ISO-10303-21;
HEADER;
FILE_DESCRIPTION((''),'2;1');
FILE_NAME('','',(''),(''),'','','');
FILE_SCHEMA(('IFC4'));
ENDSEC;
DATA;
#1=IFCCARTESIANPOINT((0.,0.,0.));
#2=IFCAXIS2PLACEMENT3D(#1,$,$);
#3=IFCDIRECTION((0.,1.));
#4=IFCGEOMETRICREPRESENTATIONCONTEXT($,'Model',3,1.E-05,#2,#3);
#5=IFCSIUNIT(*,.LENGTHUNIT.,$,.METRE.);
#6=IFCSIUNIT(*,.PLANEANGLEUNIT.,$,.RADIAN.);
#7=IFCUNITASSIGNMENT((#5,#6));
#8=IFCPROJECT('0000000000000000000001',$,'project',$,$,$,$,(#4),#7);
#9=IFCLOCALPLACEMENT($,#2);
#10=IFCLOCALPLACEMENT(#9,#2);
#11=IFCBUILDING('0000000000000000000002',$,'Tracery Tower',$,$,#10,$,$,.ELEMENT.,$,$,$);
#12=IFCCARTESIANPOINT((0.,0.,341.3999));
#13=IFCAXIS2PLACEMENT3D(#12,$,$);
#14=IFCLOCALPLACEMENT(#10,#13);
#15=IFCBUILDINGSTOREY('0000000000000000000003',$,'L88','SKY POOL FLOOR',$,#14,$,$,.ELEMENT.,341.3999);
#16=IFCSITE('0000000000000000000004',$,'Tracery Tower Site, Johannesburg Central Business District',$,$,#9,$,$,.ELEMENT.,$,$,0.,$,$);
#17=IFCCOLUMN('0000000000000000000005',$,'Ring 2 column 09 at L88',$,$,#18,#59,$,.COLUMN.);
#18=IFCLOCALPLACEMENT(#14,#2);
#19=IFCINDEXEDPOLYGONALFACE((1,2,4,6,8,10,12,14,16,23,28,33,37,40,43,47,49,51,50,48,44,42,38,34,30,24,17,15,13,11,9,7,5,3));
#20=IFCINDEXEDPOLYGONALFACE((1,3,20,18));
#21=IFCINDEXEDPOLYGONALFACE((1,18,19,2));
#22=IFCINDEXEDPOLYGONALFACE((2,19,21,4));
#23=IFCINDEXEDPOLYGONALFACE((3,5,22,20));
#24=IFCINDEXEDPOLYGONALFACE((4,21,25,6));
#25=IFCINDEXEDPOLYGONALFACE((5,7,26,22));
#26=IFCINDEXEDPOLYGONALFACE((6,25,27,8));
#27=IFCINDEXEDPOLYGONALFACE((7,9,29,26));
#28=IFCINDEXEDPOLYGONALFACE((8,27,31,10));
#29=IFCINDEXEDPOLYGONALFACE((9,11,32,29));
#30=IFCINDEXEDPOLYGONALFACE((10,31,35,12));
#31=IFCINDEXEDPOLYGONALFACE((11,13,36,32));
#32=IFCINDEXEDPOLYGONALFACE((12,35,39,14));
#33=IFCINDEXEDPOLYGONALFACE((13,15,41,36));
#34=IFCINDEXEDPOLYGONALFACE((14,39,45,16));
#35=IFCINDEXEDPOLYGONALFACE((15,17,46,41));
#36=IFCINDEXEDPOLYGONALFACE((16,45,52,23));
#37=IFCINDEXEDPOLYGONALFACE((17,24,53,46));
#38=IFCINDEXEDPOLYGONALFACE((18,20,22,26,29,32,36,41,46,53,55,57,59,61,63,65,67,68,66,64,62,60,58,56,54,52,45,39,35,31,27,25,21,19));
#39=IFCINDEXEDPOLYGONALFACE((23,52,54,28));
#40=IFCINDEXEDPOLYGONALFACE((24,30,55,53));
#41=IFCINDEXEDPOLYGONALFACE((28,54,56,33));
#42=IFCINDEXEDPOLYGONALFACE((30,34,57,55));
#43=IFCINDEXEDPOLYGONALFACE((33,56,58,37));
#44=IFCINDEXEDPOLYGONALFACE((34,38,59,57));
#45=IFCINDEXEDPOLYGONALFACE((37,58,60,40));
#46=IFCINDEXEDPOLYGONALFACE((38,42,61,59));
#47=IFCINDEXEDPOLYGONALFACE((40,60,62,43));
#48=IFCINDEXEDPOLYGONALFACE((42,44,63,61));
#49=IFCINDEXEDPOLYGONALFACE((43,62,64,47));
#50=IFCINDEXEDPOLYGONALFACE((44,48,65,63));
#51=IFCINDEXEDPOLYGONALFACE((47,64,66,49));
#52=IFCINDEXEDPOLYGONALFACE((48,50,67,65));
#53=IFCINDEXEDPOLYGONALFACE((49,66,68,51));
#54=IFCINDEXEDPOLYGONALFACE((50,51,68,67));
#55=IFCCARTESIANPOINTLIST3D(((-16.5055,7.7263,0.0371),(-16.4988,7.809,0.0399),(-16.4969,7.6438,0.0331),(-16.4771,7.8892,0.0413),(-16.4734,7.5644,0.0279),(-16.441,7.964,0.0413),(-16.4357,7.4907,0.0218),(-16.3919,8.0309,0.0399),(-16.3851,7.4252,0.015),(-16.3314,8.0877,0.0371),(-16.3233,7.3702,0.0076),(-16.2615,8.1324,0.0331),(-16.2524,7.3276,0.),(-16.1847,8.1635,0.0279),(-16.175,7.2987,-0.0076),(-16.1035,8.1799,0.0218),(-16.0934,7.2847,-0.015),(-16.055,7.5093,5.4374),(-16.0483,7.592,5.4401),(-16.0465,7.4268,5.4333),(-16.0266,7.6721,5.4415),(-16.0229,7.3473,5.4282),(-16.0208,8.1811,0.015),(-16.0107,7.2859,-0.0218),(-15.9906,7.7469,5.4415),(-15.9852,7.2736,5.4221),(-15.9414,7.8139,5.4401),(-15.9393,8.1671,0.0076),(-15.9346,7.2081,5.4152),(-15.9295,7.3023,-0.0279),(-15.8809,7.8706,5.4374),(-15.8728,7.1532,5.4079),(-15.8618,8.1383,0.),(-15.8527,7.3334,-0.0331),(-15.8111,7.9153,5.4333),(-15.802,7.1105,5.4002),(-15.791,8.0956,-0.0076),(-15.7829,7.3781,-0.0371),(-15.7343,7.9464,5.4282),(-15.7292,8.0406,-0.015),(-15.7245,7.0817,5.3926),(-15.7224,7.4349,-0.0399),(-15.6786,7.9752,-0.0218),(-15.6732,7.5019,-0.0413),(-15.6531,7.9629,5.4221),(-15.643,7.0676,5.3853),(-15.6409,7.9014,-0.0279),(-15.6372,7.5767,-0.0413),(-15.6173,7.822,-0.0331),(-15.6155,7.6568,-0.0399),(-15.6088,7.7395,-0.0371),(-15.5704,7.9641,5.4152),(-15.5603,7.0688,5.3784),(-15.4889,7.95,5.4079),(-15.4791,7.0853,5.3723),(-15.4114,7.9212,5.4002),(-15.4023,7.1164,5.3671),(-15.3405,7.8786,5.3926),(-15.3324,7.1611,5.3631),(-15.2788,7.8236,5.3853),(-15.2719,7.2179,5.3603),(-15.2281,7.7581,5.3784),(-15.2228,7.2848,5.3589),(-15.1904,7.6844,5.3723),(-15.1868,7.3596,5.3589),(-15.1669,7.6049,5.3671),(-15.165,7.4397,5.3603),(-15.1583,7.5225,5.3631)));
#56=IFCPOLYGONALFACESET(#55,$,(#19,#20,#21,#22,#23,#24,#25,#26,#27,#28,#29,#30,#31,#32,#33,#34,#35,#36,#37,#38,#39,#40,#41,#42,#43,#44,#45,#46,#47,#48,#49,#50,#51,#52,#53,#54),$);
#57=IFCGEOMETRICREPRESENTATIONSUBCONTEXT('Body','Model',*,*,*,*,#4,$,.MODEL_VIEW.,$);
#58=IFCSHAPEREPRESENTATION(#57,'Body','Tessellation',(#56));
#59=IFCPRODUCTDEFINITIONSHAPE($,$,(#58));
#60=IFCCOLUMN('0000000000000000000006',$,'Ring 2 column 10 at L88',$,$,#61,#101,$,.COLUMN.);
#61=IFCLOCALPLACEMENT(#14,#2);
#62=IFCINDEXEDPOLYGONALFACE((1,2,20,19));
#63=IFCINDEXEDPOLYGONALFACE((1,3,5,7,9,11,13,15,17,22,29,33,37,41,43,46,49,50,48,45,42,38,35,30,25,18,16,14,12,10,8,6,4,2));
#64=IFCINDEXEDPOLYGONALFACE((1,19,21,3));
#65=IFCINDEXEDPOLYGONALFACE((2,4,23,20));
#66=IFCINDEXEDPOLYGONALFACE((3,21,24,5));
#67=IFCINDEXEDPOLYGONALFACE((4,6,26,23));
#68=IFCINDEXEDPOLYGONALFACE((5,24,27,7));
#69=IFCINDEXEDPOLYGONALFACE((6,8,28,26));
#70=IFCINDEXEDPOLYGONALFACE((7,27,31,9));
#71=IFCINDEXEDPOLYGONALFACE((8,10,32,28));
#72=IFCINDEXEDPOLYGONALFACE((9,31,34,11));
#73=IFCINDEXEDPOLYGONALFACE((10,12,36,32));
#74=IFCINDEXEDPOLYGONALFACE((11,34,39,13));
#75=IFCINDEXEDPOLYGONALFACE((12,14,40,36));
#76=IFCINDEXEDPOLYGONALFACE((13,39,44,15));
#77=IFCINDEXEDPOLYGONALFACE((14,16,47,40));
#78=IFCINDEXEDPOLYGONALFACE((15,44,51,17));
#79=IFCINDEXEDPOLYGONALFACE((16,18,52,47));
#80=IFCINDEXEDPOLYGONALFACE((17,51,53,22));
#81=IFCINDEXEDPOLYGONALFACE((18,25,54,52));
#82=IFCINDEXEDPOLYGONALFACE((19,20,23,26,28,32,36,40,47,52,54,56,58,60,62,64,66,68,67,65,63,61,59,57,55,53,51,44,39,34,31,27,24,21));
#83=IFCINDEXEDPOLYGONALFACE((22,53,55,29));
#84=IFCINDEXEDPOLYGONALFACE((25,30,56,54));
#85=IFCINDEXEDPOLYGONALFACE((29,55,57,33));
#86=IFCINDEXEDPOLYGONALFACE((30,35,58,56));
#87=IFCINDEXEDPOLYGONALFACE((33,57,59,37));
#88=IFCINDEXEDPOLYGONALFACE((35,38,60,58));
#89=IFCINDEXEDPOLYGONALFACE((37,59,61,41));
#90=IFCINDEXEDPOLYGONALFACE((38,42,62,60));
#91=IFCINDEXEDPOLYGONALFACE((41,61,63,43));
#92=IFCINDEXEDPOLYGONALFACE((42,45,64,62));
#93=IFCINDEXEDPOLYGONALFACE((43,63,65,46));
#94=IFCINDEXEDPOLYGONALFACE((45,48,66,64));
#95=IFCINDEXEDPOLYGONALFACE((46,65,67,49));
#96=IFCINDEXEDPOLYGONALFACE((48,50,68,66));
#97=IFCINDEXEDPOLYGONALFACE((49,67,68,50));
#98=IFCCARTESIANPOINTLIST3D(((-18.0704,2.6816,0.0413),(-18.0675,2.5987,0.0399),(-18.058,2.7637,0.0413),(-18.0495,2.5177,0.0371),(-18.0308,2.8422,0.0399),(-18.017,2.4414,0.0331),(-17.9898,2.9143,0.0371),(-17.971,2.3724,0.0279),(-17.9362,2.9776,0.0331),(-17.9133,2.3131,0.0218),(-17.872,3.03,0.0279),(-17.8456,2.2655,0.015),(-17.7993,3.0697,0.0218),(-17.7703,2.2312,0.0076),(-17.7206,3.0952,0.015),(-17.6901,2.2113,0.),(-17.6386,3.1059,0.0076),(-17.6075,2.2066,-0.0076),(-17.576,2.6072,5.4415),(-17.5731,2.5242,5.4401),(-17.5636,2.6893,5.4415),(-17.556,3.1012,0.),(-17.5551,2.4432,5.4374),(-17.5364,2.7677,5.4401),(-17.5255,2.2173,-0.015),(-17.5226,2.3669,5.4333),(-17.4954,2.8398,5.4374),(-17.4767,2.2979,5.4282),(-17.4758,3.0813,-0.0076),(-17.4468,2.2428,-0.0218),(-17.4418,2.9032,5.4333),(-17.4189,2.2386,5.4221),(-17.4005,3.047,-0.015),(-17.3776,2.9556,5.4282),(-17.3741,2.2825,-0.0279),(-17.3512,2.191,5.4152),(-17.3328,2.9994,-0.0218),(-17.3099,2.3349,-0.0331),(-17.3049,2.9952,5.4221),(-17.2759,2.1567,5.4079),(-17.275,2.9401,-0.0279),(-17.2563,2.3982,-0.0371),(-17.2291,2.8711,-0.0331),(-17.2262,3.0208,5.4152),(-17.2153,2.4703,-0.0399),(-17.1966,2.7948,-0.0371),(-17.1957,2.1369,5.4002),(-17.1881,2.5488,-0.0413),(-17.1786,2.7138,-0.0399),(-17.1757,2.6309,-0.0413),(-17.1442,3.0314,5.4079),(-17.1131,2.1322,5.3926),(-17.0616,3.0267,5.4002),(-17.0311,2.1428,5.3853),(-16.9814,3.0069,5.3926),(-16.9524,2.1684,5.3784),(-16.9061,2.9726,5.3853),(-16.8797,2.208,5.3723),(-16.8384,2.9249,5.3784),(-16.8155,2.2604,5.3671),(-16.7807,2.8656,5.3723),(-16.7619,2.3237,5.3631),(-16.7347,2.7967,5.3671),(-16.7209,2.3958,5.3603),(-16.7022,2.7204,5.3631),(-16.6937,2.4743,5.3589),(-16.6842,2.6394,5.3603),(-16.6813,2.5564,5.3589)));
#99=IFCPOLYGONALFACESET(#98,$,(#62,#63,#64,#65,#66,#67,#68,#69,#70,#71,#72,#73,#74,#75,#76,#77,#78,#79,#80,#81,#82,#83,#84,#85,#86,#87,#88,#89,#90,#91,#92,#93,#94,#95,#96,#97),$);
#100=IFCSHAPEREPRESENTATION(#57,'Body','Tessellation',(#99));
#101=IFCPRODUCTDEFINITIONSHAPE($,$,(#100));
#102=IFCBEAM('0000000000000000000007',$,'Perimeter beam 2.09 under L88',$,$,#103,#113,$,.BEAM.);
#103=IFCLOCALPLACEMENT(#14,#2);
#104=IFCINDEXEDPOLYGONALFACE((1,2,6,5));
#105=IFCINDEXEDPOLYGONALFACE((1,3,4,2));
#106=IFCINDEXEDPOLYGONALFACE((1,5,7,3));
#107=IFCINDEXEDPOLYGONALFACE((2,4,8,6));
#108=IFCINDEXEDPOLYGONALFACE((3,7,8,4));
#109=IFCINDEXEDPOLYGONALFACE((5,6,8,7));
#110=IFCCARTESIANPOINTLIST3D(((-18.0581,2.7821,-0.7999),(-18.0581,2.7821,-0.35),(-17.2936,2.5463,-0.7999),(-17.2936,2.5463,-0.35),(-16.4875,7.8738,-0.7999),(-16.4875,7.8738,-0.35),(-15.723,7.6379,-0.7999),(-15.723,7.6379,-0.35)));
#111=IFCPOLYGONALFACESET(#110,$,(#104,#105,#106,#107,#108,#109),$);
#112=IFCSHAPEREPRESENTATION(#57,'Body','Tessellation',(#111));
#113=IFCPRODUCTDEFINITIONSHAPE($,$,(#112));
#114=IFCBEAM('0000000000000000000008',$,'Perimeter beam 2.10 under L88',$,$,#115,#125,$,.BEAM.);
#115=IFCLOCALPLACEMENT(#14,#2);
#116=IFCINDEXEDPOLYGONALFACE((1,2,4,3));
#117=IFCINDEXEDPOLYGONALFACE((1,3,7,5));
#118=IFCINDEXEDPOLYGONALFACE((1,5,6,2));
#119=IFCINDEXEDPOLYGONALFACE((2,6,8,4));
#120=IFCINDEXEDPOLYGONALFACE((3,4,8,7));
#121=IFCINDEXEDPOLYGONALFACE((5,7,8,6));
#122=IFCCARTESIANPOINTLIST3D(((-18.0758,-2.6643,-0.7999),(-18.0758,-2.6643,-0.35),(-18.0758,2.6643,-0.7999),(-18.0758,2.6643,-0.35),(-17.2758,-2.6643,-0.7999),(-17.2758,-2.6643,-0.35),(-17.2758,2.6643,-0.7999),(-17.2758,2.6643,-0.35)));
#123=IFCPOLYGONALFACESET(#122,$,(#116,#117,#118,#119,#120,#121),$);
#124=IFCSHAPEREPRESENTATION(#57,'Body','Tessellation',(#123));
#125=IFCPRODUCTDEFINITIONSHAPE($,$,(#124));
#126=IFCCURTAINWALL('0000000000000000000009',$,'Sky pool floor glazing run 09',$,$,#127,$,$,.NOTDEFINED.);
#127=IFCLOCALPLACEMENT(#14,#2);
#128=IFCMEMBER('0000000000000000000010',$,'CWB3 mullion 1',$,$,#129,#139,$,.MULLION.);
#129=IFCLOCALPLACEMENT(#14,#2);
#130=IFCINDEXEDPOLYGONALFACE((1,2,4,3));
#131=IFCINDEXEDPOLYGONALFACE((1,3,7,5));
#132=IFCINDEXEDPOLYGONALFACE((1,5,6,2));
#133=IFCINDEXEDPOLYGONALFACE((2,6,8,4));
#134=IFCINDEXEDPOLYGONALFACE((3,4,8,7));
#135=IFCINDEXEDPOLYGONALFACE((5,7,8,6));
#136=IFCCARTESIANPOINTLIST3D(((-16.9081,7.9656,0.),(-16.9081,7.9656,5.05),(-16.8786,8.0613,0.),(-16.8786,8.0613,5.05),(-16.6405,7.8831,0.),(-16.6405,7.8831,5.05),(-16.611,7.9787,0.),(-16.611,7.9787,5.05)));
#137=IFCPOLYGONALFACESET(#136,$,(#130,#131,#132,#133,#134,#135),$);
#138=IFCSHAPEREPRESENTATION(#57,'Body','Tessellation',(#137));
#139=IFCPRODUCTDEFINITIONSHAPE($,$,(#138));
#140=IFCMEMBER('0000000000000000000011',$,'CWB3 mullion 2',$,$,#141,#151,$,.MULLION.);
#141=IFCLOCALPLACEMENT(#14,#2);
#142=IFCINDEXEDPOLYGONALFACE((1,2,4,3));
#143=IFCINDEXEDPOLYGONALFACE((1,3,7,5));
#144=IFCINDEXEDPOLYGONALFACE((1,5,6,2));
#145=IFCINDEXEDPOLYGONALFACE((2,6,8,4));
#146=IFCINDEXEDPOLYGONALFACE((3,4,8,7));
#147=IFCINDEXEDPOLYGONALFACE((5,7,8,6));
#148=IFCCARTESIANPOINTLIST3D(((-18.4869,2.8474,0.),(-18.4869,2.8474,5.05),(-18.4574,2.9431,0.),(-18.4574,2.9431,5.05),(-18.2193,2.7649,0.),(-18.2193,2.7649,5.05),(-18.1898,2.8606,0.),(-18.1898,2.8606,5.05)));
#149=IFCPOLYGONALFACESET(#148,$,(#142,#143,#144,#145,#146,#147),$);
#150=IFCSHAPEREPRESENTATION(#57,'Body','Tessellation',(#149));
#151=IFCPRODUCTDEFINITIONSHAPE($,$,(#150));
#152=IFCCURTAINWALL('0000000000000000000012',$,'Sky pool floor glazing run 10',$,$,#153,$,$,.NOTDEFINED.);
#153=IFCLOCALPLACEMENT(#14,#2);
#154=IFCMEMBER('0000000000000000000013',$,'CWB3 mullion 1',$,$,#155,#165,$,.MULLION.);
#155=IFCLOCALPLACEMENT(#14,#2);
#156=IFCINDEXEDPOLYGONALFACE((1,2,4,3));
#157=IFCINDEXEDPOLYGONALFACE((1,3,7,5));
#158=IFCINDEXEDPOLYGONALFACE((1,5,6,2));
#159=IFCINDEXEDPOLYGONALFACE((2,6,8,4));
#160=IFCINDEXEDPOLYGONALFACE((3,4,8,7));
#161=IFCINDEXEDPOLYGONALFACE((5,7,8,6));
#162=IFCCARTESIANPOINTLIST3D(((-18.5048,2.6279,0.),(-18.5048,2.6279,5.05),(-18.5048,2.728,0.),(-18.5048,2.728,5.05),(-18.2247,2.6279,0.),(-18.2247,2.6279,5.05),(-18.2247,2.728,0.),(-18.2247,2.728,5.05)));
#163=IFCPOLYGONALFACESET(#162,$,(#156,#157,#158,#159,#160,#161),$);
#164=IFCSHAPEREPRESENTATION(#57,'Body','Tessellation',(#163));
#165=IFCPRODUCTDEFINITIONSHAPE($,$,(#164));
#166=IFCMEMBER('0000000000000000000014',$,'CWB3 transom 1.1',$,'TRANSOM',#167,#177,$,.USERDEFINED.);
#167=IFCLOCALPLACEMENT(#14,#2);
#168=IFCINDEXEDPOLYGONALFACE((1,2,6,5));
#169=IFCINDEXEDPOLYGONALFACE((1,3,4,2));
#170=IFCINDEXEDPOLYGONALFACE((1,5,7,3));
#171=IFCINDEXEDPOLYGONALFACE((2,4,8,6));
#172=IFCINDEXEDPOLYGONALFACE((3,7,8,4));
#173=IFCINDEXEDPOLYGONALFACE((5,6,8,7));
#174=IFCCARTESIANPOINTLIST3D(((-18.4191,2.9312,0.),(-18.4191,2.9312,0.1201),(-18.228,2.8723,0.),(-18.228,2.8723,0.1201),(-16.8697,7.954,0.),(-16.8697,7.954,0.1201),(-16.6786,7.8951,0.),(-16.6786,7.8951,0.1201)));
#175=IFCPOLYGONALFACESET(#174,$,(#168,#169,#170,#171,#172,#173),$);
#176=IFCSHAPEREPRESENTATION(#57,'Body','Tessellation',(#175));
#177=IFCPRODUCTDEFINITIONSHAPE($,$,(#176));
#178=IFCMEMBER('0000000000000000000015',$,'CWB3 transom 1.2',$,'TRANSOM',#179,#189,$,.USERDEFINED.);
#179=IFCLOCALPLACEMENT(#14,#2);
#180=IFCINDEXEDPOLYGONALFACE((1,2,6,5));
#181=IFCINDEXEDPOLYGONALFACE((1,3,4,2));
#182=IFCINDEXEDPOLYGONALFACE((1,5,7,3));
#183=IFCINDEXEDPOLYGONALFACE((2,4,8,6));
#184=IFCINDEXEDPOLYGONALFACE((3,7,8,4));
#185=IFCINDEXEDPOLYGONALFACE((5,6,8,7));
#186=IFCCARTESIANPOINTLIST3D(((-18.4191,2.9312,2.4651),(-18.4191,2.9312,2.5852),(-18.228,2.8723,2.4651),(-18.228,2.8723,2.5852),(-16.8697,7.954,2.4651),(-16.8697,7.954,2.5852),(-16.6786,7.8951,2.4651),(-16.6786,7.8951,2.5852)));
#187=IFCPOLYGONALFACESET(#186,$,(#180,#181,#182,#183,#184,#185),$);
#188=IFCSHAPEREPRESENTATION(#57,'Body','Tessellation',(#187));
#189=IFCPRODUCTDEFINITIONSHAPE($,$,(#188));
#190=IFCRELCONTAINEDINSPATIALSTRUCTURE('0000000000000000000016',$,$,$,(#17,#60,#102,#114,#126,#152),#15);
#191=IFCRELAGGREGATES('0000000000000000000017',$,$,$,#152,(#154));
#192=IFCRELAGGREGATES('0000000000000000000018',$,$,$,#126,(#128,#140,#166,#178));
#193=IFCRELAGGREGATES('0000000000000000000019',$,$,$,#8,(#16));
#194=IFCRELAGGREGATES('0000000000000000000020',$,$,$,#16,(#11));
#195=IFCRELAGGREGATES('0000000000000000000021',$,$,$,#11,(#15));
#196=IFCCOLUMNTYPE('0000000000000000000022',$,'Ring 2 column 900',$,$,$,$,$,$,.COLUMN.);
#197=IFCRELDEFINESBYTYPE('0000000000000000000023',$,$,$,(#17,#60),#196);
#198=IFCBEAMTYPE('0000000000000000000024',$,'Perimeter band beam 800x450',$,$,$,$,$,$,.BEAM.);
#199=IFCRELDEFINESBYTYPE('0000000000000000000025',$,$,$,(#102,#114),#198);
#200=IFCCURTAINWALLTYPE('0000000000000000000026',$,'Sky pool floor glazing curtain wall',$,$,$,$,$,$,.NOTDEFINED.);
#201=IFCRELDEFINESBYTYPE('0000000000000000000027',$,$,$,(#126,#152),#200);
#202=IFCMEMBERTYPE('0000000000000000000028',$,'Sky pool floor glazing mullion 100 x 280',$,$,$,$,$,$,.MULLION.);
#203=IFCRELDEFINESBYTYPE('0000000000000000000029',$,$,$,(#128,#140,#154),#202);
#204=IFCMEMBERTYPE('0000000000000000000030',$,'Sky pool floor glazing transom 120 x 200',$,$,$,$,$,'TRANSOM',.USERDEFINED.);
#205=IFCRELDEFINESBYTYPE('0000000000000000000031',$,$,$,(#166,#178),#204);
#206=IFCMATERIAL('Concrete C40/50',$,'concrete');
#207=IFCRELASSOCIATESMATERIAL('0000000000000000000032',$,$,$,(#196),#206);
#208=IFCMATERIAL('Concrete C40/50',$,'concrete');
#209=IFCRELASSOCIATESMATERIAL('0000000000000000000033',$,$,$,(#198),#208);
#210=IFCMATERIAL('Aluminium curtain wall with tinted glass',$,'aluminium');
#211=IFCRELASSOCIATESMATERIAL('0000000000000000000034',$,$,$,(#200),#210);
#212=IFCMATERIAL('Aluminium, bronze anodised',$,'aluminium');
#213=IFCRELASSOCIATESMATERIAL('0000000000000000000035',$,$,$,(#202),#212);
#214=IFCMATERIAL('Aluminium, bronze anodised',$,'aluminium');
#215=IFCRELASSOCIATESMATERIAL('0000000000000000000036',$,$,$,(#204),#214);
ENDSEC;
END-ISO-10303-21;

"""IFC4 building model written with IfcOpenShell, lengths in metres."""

from ifc_helpers import new_model, si_unit, direction, frame, origin, origin_2d, place, context, subcontext, project, spatial, rectangle, circle, extrude, material, material_profile, profile_set, type_object, element, aggregate, save


model = new_model("IFC4")

# Units and contexts
model_context = context("Model", 3, precision=1e-05, world=origin(), true_north=direction((0.0, 1.0)))
body_context = subcontext(model_context, "Body", "Model", "MODEL_VIEW")
ifc_project = project(units=[si_unit("LENGTHUNIT", "METRE"), si_unit("PLANEANGLEUNIT", "RADIAN")], contexts=[model_context])

# Site, building, storey
site_placement = place(None, origin())
site = spatial("IfcSite", under=ifc_project, at=site_placement, Name="Tracery Tower Site, Johannesburg Central Business District", CompositionType="ELEMENT", RefElevation=0.0)
building_placement = place(site_placement, origin())
building = spatial("IfcBuilding", under=site, at=building_placement, Name="Tracery Tower", CompositionType="ELEMENT")
storey_placement = place(building_placement, frame((0.0, 0.0, 341.3999)))
storey = spatial("IfcBuildingStorey", under=building, at=storey_placement, Name="L88", Description="SKY POOL FLOOR", CompositionType="ELEMENT", Elevation=341.3999)

# Columns
ifc_material_1 = material(Name="Concrete C40/50", Category="concrete")
ifc_material_profile_1 = material_profile(ifc_material_1, circle(Radius=0.45, at=origin_2d()), Name="RC D900")
ifc_profile_set_1 = profile_set([ifc_material_profile_1], Name="Concrete C40/50")
column_type = type_object("IfcColumnType", Name="Ring 2 column 900", PredefinedType="COLUMN", material=ifc_profile_set_1)
for number, where, z_axis, x_axis, name in (
    (1, (-16.0571, 7.7329, 0.0), (0.083057, -0.040021, 0.995741), (0.43408, 0.900874, 0.0), "Ring 2 column 09 at L88"),
    (2, (-17.623, 2.6562, 0.0), (0.09116, -0.01373, 0.995742), (0.148937, 0.988847, 0.0), "Ring 2 column 10 at L88"),
):
    element("IfcColumn", number, at=place(storey_placement, frame(where, z_axis=z_axis, x_axis=x_axis)), inside=storey, type_object=column_type, Name=name, PredefinedType="COLUMN", context=body_context, shape_type="SweptSolid", body=[
        extrude(circle(Radius=0.45, at=origin_2d()), origin(), (0.0, 0.0, 1.0), 5.4233),
    ])

# Beams
ifc_material_2 = material(Name="Concrete C40/50", Category="concrete")
ifc_material_profile_2 = material_profile(ifc_material_2, rectangle(XDim=0.8, YDim=0.45, at=origin_2d()), Name="RC 800x450")
ifc_profile_set_2 = profile_set([ifc_material_profile_2], Name="Concrete C40/50")
beam_type = type_object("IfcBeamType", Name="Perimeter band beam 800x450", PredefinedType="BEAM", material=ifc_profile_set_2)
beam_1_placement = place(storey_placement, frame((-16.1052, 7.7559, -0.575), z_axis=(-0.294759, -0.955572, 0.0), x_axis=(0.955572, -0.294759, 0.0)))
element("IfcBeam", 3, at=beam_1_placement, inside=storey, type_object=beam_type, Name="Perimeter beam 2.09 under L88", PredefinedType="BEAM", context=body_context, shape_type="SweptSolid", body=[
    extrude(rectangle(XDim=0.8, YDim=0.45, at=origin_2d()), origin(), (0.0, 0.0, 1.0), 5.3284),
])
beam_2_placement = place(storey_placement, frame((-17.6758, 2.6643, -0.575), z_axis=(0.0, -1.0, 0.0), x_axis=(1.0, 0.0, 0.0)))
element("IfcBeam", 4, at=beam_2_placement, inside=storey, type_object=beam_type, Name="Perimeter beam 2.10 under L88", PredefinedType="BEAM", context=body_context, shape_type="SweptSolid", body=[
    extrude(rectangle(XDim=0.8, YDim=0.45, at=origin_2d()), origin(), (0.0, 0.0, 1.0), 5.3286),
])

# Curtain wall, members
ifc_material_3 = material(Name="Aluminium curtain wall with tinted glass", Category="aluminium")
curtain_wall_type = type_object("IfcCurtainWallType", Name="Sky pool floor glazing curtain wall", PredefinedType="NOTDEFINED", material=ifc_material_3)
curtain_wall_1_placement = place(storey_placement, origin())
curtain_wall_1 = element("IfcCurtainWall", 5, at=curtain_wall_1_placement, inside=storey, type_object=curtain_wall_type, Name="Sky pool floor glazing run 09", PredefinedType="NOTDEFINED")
ifc_material_4 = material(Name="Aluminium, bronze anodised", Category="aluminium")
ifc_material_profile_3 = material_profile(ifc_material_4, rectangle(XDim=0.28, YDim=0.1001, at=origin_2d()), Name="Sky pool floor glazing mullion 100 x 280")
ifc_profile_set_3 = profile_set([ifc_material_profile_3], Name="Aluminium, bronze anodised")
member_type_1 = type_object("IfcMemberType", Name="Sky pool floor glazing mullion 100 x 280", PredefinedType="MULLION", material=ifc_profile_set_3)
member_1_placement = place(storey_placement, frame((-16.7595, 7.9722, 0.0), z_axis=(0.0, 0.0, 1.0), x_axis=(0.955574, -0.294753, 0.0)))
member_1 = element("IfcMember", 6, at=member_1_placement, type_object=member_type_1, Name="CWB3 mullion 1", PredefinedType="MULLION", context=body_context, shape_type="SweptSolid", body=[
    extrude(rectangle(XDim=0.28, YDim=0.1001, at=origin_2d()), origin(), (0.0, 0.0, 1.0), 5.05),
])
member_2_placement = place(storey_placement, frame((-18.3384, 2.854, 0.0), z_axis=(0.0, 0.0, 1.0), x_axis=(0.955574, -0.294753, 0.0)))
member_2 = element("IfcMember", 7, at=member_2_placement, type_object=member_type_1, Name="CWB3 mullion 2", PredefinedType="MULLION", context=body_context, shape_type="SweptSolid", body=[
    extrude(rectangle(XDim=0.28, YDim=0.1001, at=origin_2d()), origin(), (0.0, 0.0, 1.0), 5.05),
])

# Curtain wall, member
curtain_wall_2_placement = place(storey_placement, origin())
curtain_wall_2 = element("IfcCurtainWall", 8, at=curtain_wall_2_placement, inside=storey, type_object=curtain_wall_type, Name="Sky pool floor glazing run 10", PredefinedType="NOTDEFINED")
member_3_placement = place(storey_placement, frame((-18.3647, 2.678, 0.0), z_axis=(0.0, 0.0, 1.0), x_axis=(1.0, 0.0, 0.0)))
member_3 = element("IfcMember", 9, at=member_3_placement, type_object=member_type_1, Name="CWB3 mullion 1", PredefinedType="MULLION", context=body_context, shape_type="SweptSolid", body=[
    extrude(rectangle(XDim=0.28, YDim=0.1001, at=origin_2d()), origin(), (0.0, 0.0, 1.0), 5.05),
])

# Members
ifc_material_5 = material(Name="Aluminium, bronze anodised", Category="aluminium")
ifc_material_profile_4 = material_profile(ifc_material_5, rectangle(XDim=0.2, YDim=0.1201, at=origin_2d()), Name="Sky pool floor glazing transom 120 x 200")
ifc_profile_set_4 = profile_set([ifc_material_profile_4], Name="Aluminium, bronze anodised")
member_type_2 = type_object("IfcMemberType", Name="Sky pool floor glazing transom 120 x 200", ElementType="TRANSOM", PredefinedType="USERDEFINED", material=ifc_profile_set_4)
member_4_placement = place(storey_placement, frame((-16.7742, 7.9246, 0.0601), z_axis=(-0.294758, -0.955572, 0.0), x_axis=(0.955572, -0.294758, 0.0)))
member_4 = element("IfcMember", 10, at=member_4_placement, type_object=member_type_2, Name="CWB3 transom 1.1", ObjectType="TRANSOM", PredefinedType="USERDEFINED", context=body_context, shape_type="SweptSolid", body=[
    extrude(rectangle(XDim=0.2, YDim=0.1201, at=origin_2d()), origin(), (0.0, 0.0, 1.0), 5.2563),
])
member_5_placement = place(storey_placement, frame((-16.7742, 7.9246, 2.5251), z_axis=(-0.294758, -0.955572, 0.0), x_axis=(0.955572, -0.294758, 0.0)))
member_5 = element("IfcMember", 11, at=member_5_placement, type_object=member_type_2, Name="CWB3 transom 1.2", ObjectType="TRANSOM", PredefinedType="USERDEFINED", context=body_context, shape_type="SweptSolid", body=[
    extrude(rectangle(XDim=0.2, YDim=0.1201, at=origin_2d()), origin(), (0.0, 0.0, 1.0), 5.2563),
])
aggregate(curtain_wall_2, [member_3])

aggregate(curtain_wall_1, [member_1, member_2, member_4, member_5])

save(model, "model.ifc")
